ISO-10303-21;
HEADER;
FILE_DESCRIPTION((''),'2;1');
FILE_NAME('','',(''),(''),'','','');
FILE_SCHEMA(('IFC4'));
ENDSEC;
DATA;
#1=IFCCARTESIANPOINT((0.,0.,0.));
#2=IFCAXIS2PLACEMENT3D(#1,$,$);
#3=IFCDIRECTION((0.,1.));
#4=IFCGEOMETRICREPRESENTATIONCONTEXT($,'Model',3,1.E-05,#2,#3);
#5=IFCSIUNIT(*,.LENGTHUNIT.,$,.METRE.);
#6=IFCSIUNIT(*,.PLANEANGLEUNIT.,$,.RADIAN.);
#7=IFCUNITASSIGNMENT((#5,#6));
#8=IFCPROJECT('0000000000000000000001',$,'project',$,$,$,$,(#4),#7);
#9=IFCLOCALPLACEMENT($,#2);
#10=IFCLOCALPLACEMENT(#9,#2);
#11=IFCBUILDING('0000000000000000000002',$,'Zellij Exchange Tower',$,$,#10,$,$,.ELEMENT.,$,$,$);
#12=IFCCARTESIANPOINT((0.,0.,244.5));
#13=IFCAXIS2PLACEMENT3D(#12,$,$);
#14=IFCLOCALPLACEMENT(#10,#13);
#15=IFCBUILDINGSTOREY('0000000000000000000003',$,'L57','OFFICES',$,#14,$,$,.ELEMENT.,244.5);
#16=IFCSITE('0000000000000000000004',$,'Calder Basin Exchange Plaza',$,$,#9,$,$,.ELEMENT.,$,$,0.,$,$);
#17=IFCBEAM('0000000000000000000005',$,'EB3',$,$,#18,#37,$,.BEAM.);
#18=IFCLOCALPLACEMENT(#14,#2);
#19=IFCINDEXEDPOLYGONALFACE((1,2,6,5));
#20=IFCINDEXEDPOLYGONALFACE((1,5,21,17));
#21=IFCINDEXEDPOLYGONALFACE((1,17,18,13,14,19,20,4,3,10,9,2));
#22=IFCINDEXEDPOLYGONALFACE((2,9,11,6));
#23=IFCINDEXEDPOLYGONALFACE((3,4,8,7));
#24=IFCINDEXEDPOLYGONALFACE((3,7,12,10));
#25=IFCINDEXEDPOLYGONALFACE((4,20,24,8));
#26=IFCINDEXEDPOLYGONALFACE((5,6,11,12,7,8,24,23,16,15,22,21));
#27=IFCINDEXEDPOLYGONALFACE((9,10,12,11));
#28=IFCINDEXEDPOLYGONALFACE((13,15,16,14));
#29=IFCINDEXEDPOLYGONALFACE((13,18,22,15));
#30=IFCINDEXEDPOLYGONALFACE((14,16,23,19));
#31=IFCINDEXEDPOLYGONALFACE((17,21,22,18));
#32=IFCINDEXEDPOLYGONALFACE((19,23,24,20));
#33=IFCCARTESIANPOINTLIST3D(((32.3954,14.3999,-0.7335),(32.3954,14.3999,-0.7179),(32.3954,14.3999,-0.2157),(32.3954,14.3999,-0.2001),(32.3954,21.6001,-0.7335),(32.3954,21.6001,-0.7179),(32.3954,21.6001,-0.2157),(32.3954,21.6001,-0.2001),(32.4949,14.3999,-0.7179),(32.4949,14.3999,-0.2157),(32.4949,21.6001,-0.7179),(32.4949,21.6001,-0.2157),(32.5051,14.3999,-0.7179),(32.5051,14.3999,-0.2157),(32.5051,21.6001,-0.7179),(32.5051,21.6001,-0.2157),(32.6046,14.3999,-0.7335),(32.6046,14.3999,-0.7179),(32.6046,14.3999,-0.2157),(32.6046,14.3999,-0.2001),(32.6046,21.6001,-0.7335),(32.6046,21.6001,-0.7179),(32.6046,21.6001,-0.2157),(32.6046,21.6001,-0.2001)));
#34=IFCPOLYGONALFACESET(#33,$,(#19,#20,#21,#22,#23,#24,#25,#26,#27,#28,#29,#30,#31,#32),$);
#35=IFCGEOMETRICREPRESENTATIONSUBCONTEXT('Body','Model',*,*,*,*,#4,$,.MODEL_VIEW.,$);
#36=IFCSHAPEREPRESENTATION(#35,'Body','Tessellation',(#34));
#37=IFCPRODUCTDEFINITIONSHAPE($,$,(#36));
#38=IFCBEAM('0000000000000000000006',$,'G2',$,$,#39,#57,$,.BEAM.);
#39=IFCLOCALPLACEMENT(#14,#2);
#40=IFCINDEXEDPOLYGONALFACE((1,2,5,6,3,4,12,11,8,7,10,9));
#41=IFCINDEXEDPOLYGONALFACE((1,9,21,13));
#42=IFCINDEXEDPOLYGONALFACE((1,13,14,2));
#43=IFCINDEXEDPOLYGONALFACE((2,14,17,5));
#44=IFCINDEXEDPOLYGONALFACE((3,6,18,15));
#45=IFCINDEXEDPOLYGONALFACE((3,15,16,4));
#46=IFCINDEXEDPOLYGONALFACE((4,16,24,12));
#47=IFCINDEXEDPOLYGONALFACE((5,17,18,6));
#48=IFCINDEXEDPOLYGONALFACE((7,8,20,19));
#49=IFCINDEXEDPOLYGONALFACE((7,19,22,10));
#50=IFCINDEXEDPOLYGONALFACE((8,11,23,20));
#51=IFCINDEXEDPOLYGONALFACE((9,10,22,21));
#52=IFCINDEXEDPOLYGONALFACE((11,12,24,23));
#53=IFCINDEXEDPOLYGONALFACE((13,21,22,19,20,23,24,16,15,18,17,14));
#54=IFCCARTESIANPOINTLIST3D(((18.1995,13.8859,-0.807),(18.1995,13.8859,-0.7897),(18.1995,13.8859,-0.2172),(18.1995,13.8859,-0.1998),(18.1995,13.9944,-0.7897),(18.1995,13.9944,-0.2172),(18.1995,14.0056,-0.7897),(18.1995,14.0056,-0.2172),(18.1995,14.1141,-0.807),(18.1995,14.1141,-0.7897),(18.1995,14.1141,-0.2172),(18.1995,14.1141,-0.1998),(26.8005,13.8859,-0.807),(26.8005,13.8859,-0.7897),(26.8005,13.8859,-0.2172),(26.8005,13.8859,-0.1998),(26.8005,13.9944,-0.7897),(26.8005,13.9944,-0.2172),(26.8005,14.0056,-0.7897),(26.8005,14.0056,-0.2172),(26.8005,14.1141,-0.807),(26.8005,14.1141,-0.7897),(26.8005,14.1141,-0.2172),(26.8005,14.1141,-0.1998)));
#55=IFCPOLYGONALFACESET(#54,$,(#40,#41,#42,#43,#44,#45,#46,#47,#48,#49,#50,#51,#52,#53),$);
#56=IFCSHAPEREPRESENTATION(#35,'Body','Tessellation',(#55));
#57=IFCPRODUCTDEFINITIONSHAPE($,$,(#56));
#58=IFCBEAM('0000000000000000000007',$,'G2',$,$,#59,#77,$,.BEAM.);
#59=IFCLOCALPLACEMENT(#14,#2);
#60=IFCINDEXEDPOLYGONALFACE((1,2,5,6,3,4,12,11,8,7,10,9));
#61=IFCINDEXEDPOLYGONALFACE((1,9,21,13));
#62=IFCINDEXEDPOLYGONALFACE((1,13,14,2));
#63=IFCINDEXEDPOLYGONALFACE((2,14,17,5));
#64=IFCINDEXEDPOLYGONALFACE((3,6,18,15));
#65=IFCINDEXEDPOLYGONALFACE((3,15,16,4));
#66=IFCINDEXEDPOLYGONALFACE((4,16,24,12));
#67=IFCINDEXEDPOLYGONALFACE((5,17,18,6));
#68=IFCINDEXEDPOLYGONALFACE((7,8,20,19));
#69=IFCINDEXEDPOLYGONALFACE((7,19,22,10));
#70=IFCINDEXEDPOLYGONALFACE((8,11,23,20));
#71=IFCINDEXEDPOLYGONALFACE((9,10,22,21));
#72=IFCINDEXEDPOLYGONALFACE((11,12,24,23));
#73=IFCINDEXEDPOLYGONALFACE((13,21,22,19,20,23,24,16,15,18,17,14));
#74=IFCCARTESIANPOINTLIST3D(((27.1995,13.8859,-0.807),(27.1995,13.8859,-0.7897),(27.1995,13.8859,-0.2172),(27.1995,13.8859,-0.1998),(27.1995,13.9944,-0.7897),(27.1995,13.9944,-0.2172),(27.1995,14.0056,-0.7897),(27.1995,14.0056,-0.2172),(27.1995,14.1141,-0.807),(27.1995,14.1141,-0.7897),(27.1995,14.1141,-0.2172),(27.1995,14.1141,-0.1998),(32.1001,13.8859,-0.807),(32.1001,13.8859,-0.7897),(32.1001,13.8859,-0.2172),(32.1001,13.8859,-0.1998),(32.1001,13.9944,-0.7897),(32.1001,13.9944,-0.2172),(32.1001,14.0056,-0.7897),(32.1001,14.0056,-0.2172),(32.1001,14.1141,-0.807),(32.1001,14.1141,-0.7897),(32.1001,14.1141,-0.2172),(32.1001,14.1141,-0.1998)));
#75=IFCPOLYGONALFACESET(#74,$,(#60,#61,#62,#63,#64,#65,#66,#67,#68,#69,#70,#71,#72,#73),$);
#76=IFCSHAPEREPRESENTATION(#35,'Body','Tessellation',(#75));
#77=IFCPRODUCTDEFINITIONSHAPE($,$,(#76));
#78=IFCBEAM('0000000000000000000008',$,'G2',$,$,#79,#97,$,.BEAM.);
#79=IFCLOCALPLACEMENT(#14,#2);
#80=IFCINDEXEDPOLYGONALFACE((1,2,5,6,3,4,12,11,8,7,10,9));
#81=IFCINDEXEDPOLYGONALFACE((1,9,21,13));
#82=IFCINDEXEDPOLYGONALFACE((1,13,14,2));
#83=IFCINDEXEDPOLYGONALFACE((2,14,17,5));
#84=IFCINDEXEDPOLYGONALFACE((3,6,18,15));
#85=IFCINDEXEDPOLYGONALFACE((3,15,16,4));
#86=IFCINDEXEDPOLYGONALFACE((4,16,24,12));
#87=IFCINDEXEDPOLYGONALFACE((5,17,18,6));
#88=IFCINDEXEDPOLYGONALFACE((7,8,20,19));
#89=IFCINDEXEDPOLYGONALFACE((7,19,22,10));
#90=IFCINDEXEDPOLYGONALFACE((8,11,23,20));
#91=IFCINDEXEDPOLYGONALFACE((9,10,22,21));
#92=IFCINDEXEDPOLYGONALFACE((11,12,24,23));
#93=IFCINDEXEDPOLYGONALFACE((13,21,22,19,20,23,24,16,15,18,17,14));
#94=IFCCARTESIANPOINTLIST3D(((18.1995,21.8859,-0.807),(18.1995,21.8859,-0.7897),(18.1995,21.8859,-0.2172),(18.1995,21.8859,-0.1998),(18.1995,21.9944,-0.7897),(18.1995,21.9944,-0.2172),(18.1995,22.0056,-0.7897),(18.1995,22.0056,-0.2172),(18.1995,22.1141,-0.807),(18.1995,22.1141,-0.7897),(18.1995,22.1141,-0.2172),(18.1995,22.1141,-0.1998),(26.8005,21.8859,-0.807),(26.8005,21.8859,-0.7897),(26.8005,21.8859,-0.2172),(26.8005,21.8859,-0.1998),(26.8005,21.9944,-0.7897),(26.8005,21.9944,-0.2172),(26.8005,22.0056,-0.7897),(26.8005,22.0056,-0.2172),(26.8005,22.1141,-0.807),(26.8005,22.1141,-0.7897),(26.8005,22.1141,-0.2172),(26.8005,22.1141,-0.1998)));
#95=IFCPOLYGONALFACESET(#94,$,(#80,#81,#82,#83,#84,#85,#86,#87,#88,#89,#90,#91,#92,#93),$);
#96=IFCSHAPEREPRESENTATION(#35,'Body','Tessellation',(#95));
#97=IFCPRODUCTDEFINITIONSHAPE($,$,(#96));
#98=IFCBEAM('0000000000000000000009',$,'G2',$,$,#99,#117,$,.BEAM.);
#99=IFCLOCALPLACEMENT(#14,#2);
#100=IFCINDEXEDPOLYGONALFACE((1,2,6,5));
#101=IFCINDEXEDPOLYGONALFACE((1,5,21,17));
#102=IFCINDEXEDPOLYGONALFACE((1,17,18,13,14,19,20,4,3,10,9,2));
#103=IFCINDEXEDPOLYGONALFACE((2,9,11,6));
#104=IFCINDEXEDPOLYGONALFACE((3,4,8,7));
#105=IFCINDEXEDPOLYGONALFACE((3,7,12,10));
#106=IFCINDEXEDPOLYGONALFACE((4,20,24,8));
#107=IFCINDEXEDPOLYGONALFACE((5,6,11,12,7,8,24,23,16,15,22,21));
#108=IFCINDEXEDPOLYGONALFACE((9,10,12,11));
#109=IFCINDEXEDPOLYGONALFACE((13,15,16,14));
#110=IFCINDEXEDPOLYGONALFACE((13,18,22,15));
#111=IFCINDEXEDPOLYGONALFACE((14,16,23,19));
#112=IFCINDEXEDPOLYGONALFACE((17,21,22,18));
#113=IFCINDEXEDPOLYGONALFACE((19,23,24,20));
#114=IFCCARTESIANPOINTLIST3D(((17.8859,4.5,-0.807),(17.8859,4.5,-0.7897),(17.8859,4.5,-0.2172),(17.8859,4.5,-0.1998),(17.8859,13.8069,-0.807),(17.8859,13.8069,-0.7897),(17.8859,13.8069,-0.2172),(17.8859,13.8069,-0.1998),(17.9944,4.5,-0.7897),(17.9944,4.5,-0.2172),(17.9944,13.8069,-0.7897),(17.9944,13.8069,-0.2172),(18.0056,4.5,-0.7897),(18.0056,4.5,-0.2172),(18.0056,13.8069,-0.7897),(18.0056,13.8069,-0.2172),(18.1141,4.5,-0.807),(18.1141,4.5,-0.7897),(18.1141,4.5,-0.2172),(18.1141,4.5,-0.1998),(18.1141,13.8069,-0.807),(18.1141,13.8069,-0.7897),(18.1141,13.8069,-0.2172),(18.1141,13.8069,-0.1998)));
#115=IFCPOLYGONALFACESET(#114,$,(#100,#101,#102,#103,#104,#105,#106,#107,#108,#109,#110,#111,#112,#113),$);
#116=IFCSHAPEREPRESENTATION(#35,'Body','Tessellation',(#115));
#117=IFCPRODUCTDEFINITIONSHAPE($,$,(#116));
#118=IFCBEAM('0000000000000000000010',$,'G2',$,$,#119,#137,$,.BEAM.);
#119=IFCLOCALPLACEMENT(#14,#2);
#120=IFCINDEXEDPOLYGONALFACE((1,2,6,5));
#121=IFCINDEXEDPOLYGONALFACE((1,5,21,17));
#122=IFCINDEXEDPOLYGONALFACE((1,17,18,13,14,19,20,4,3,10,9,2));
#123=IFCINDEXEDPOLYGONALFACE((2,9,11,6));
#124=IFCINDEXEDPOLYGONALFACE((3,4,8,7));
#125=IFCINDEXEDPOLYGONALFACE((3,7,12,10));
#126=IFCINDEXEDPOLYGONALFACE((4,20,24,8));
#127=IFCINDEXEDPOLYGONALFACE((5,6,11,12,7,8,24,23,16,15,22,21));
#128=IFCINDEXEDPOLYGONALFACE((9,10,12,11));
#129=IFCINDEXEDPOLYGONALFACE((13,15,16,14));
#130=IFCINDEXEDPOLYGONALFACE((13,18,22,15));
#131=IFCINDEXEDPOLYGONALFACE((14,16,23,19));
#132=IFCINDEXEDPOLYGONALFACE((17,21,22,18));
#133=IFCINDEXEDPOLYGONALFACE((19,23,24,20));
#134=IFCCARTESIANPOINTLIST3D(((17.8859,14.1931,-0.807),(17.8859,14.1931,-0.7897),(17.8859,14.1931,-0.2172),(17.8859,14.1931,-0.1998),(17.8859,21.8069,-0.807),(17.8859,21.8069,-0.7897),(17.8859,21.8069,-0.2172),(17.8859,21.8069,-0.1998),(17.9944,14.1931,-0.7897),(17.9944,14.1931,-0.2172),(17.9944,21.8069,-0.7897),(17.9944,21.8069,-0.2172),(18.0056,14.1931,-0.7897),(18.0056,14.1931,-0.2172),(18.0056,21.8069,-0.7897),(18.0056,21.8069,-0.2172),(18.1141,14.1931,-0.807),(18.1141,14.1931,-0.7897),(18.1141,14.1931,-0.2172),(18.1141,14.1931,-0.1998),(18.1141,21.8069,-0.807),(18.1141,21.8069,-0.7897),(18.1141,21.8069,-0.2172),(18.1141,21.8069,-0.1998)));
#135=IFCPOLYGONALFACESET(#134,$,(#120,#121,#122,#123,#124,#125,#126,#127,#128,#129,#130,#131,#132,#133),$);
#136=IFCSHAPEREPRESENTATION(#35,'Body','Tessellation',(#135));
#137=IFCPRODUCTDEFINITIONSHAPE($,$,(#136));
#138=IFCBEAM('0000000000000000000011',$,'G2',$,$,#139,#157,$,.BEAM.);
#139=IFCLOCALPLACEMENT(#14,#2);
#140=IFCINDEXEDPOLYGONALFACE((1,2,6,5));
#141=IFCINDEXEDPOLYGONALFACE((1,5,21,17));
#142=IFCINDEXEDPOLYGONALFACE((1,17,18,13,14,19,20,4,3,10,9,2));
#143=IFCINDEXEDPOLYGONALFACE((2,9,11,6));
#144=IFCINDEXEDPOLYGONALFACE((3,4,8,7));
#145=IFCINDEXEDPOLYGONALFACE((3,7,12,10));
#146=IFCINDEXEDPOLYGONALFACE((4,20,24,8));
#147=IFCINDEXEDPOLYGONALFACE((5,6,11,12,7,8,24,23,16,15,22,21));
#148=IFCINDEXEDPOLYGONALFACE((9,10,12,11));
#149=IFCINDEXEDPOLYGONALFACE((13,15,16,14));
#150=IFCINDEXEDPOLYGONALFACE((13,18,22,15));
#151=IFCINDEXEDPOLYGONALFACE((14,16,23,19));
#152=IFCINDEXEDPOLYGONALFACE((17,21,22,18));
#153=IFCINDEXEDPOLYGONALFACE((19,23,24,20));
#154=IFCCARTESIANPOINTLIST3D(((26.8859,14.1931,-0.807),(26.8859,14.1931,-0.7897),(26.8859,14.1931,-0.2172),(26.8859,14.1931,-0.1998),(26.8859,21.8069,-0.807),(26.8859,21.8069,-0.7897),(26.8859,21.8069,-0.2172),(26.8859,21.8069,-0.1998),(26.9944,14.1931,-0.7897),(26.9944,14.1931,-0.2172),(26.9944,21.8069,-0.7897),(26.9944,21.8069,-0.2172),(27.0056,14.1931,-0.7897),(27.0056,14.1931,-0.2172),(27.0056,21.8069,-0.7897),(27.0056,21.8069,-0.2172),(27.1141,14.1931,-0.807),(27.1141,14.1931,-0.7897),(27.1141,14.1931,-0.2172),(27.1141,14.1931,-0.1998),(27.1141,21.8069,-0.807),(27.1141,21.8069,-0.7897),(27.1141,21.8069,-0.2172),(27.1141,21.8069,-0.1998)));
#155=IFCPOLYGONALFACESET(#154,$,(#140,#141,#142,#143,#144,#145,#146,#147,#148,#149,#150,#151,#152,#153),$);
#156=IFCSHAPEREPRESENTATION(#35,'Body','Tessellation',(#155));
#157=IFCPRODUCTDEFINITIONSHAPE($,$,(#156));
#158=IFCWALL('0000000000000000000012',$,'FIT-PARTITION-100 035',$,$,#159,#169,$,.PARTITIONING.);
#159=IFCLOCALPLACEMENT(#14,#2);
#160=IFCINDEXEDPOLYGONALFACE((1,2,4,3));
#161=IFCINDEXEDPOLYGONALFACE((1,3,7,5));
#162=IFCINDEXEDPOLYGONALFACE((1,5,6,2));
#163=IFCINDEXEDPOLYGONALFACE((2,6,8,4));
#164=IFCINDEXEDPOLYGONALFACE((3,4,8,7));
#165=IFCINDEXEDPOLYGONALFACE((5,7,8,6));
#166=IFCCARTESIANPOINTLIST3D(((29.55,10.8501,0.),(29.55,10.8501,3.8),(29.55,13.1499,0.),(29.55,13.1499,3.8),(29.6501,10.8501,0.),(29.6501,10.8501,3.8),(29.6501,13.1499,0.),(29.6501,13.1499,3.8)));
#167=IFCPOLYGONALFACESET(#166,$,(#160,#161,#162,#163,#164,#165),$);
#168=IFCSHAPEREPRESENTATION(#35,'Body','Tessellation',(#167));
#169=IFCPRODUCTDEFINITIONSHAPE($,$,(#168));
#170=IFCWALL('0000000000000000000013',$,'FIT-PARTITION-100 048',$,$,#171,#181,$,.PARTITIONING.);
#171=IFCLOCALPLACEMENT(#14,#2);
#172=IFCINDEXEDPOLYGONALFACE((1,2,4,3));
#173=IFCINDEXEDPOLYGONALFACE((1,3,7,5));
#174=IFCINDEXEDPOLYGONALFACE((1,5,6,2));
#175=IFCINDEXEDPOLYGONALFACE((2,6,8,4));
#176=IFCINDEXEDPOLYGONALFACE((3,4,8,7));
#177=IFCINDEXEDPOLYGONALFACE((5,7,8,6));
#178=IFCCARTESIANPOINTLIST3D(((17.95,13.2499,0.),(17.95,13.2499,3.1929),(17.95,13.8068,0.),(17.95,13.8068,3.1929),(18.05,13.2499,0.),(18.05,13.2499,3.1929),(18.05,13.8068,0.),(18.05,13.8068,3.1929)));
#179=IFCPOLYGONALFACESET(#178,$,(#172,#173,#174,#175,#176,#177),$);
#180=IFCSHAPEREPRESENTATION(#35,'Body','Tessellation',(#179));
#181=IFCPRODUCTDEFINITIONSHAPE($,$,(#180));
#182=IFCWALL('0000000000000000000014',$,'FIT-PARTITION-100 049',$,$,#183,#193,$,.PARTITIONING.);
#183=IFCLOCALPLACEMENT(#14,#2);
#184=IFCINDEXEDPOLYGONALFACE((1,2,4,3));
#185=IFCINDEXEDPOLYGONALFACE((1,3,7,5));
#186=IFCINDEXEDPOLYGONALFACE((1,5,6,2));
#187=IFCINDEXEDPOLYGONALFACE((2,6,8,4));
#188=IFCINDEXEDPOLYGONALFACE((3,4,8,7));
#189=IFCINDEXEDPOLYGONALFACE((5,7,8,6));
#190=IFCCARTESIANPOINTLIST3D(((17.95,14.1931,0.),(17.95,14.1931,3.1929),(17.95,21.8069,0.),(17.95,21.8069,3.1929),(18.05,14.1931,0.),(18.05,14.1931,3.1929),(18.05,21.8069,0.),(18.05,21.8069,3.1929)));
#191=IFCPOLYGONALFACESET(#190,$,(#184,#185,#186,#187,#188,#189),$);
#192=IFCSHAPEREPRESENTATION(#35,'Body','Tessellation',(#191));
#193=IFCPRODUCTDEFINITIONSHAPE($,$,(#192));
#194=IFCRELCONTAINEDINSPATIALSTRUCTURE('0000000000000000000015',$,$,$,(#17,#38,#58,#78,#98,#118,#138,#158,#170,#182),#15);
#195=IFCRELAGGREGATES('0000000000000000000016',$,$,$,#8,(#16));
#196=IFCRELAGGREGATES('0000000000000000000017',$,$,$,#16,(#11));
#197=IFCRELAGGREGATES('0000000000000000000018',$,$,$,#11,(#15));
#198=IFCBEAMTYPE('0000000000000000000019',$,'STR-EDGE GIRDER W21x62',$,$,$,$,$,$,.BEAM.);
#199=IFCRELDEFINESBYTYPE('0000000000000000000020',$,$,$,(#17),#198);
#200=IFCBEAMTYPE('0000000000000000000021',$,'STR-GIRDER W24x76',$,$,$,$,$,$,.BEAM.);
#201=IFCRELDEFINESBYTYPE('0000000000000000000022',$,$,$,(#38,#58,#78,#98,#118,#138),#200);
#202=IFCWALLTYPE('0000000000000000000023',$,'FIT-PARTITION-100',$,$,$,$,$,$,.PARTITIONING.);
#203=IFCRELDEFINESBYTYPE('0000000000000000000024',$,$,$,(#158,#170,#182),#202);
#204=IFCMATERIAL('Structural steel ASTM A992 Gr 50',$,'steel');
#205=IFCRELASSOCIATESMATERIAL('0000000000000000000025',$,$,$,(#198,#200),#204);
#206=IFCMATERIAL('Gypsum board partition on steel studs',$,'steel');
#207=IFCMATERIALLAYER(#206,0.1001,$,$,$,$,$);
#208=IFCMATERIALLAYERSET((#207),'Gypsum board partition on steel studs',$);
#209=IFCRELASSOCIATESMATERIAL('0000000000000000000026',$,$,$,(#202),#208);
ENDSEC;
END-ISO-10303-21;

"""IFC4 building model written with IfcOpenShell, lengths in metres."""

from ifc_helpers import new_model, si_unit, direction, frame, frame_2d, origin, origin_2d, place, context, subcontext, project, spatial, rectangle, i_section, extrude, material, layer, layer_set, material_profile, profile_set, type_object, element, save


model = new_model("IFC4")

# Units and contexts
model_context = context("Model", 3, precision=1e-05, world=origin(), true_north=direction((0.0, 1.0)))
body_context = subcontext(model_context, "Body", "Model", "MODEL_VIEW")
ifc_project = project(units=[si_unit("LENGTHUNIT", "METRE"), si_unit("PLANEANGLEUNIT", "RADIAN")], contexts=[model_context])

# Site, building, storey
site_placement = place(None, origin())
site = spatial("IfcSite", under=ifc_project, at=site_placement, Name="Calder Basin Exchange Plaza", CompositionType="ELEMENT", RefElevation=0.0)
building_placement = place(site_placement, origin())
building = spatial("IfcBuilding", under=site, at=building_placement, Name="Zellij Exchange Tower", CompositionType="ELEMENT")
storey_placement = place(building_placement, frame((0.0, 0.0, 244.5)))
storey = spatial("IfcBuildingStorey", under=building, at=storey_placement, Name="L57", Description="OFFICES", CompositionType="ELEMENT", Elevation=244.5)

# Shared definitions
ifc_material_1 = material(Name="Structural steel ASTM A992 Gr 50", Category="steel")

# Beams
ifc_material_profile_1 = material_profile(ifc_material_1, i_section(OverallWidth=0.2092, OverallDepth=0.5334, WebThickness=0.0103, FlangeThickness=0.0156, at=origin_2d()), Name="W21x62")
ifc_profile_set_1 = profile_set([ifc_material_profile_1], Name="Structural steel ASTM A992 Gr 50")
beam_type_1 = type_object("IfcBeamType", Name="STR-EDGE GIRDER W21x62", PredefinedType="BEAM", material=ifc_profile_set_1)
beam_1_placement = place(storey_placement, frame((32.5, 14.3999, -0.4668), z_axis=(0.0, 1.0, 0.0), x_axis=(-1.0, 0.0, 0.0)))
element("IfcBeam", 1, at=beam_1_placement, inside=storey, type_object=beam_type_1, Name="EB3", PredefinedType="BEAM", context=body_context, shape_type="SweptSolid", body=[
    extrude(i_section(OverallWidth=0.2092, OverallDepth=0.5334, WebThickness=0.0103, FlangeThickness=0.0156, at=origin_2d()), origin(), (0.0, 0.0, 1.0), 7.2002),
])
ifc_material_profile_2 = material_profile(ifc_material_1, i_section(OverallWidth=0.2283, OverallDepth=0.6072, WebThickness=0.0112, FlangeThickness=0.0173, at=origin_2d()), Name="W24x76")
ifc_profile_set_2 = profile_set([ifc_material_profile_2], Name="Structural steel ASTM A992 Gr 50")
beam_type_2 = type_object("IfcBeamType", Name="STR-GIRDER W24x76", PredefinedType="BEAM", material=ifc_profile_set_2)
beam_2_placement = place(storey_placement, frame((18.1995, 14.0, -0.5034), z_axis=(1.0, 0.0, 0.0), x_axis=(0.0, 1.0, 0.0)))
element("IfcBeam", 2, at=beam_2_placement, inside=storey, type_object=beam_type_2, Name="G2", PredefinedType="BEAM", context=body_context, shape_type="SweptSolid", body=[
    extrude(i_section(OverallWidth=0.2283, OverallDepth=0.6072, WebThickness=0.0112, FlangeThickness=0.0173, at=origin_2d()), origin(), (0.0, 0.0, 1.0), 8.6011),
])
beam_3_placement = place(storey_placement, frame((27.1995, 14.0, -0.5034), z_axis=(1.0, 0.0, 0.0), x_axis=(0.0, 1.0, 0.0)))
element("IfcBeam", 3, at=beam_3_placement, inside=storey, type_object=beam_type_2, Name="G2", PredefinedType="BEAM", context=body_context, shape_type="SweptSolid", body=[
    extrude(i_section(OverallWidth=0.2283, OverallDepth=0.6072, WebThickness=0.0112, FlangeThickness=0.0173, at=origin_2d()), origin(), (0.0, 0.0, 1.0), 4.9006),
])
beam_4_placement = place(storey_placement, frame((18.1995, 22.0, -0.5034), z_axis=(1.0, 0.0, 0.0), x_axis=(0.0, 1.0, 0.0)))
element("IfcBeam", 4, at=beam_4_placement, inside=storey, type_object=beam_type_2, Name="G2", PredefinedType="BEAM", context=body_context, shape_type="SweptSolid", body=[
    extrude(i_section(OverallWidth=0.2283, OverallDepth=0.6072, WebThickness=0.0112, FlangeThickness=0.0173, at=origin_2d()), origin(), (0.0, 0.0, 1.0), 8.6011),
])
beam_5_placement = place(storey_placement, frame((18.0, 4.5, -0.5034), z_axis=(0.0, 1.0, 0.0), x_axis=(-1.0, 0.0, 0.0)))
element("IfcBeam", 5, at=beam_5_placement, inside=storey, type_object=beam_type_2, Name="G2", PredefinedType="BEAM", context=body_context, shape_type="SweptSolid", body=[
    extrude(i_section(OverallWidth=0.2283, OverallDepth=0.6072, WebThickness=0.0112, FlangeThickness=0.0173, at=origin_2d()), origin(), (0.0, 0.0, 1.0), 9.3069),
])
for number, where, z_axis, x_axis, name in (
    (6, (18.0, 14.1931, -0.5034), (0.0, 1.0, 0.0), (-1.0, 0.0, 0.0), "G2"),
    (7, (27.0, 14.1931, -0.5034), (0.0, 1.0, 0.0), (-1.0, 0.0, 0.0), "G2"),
):
    element("IfcBeam", number, at=place(storey_placement, frame(where, z_axis=z_axis, x_axis=x_axis)), inside=storey, type_object=beam_type_2, Name=name, PredefinedType="BEAM", context=body_context, shape_type="SweptSolid", body=[
        extrude(i_section(OverallWidth=0.2283, OverallDepth=0.6072, WebThickness=0.0112, FlangeThickness=0.0173, at=origin_2d()), origin(), (0.0, 0.0, 1.0), 7.6138),
    ])

# Walls
ifc_material_2 = material(Name="Gypsum board partition on steel studs", Category="steel")
ifc_layer = layer(ifc_material_2, 0.1001)
ifc_layer_set = layer_set([ifc_layer], Name="Gypsum board partition on steel studs")
wall_type = type_object("IfcWallType", Name="FIT-PARTITION-100", PredefinedType="PARTITIONING", material=ifc_layer_set)
wall_1_placement = place(storey_placement, frame((29.6001, 10.8501, 0.0), z_axis=(0.0, 0.0, 1.0), x_axis=(0.0, 1.0, 0.0)))
element("IfcWall", 8, at=wall_1_placement, inside=storey, type_object=wall_type, Name="FIT-PARTITION-100 035", PredefinedType="PARTITIONING", context=body_context, shape_type="SweptSolid", body=[
    extrude(rectangle(XDim=2.2998, YDim=0.1001, at=frame_2d((1.1499, 0.0))), origin(), (0.0, 0.0, 1.0), 3.8),
])
wall_2_placement = place(storey_placement, frame((18.0, 13.25, 0.0), z_axis=(0.0, 0.0, 1.0), x_axis=(0.0, 1.0, 0.0)))
element("IfcWall", 9, at=wall_2_placement, inside=storey, type_object=wall_type, Name="FIT-PARTITION-100 048", PredefinedType="PARTITIONING", context=body_context, shape_type="SweptSolid", body=[
    extrude(rectangle(XDim=0.5569, YDim=0.1001, at=frame_2d((0.2783, 0.0))), origin(), (0.0, 0.0, 1.0), 3.1929),
])
wall_3_placement = place(storey_placement, frame((18.0, 14.1931, 0.0), z_axis=(0.0, 0.0, 1.0), x_axis=(0.0, 1.0, 0.0)))
element("IfcWall", 10, at=wall_3_placement, inside=storey, type_object=wall_type, Name="FIT-PARTITION-100 049", PredefinedType="PARTITIONING", context=body_context, shape_type="SweptSolid", body=[
    extrude(rectangle(XDim=7.6138, YDim=0.1001, at=frame_2d((3.8069, 0.0))), origin(), (0.0, 0.0, 1.0), 3.1929),
])

save(model, "model.ifc")
